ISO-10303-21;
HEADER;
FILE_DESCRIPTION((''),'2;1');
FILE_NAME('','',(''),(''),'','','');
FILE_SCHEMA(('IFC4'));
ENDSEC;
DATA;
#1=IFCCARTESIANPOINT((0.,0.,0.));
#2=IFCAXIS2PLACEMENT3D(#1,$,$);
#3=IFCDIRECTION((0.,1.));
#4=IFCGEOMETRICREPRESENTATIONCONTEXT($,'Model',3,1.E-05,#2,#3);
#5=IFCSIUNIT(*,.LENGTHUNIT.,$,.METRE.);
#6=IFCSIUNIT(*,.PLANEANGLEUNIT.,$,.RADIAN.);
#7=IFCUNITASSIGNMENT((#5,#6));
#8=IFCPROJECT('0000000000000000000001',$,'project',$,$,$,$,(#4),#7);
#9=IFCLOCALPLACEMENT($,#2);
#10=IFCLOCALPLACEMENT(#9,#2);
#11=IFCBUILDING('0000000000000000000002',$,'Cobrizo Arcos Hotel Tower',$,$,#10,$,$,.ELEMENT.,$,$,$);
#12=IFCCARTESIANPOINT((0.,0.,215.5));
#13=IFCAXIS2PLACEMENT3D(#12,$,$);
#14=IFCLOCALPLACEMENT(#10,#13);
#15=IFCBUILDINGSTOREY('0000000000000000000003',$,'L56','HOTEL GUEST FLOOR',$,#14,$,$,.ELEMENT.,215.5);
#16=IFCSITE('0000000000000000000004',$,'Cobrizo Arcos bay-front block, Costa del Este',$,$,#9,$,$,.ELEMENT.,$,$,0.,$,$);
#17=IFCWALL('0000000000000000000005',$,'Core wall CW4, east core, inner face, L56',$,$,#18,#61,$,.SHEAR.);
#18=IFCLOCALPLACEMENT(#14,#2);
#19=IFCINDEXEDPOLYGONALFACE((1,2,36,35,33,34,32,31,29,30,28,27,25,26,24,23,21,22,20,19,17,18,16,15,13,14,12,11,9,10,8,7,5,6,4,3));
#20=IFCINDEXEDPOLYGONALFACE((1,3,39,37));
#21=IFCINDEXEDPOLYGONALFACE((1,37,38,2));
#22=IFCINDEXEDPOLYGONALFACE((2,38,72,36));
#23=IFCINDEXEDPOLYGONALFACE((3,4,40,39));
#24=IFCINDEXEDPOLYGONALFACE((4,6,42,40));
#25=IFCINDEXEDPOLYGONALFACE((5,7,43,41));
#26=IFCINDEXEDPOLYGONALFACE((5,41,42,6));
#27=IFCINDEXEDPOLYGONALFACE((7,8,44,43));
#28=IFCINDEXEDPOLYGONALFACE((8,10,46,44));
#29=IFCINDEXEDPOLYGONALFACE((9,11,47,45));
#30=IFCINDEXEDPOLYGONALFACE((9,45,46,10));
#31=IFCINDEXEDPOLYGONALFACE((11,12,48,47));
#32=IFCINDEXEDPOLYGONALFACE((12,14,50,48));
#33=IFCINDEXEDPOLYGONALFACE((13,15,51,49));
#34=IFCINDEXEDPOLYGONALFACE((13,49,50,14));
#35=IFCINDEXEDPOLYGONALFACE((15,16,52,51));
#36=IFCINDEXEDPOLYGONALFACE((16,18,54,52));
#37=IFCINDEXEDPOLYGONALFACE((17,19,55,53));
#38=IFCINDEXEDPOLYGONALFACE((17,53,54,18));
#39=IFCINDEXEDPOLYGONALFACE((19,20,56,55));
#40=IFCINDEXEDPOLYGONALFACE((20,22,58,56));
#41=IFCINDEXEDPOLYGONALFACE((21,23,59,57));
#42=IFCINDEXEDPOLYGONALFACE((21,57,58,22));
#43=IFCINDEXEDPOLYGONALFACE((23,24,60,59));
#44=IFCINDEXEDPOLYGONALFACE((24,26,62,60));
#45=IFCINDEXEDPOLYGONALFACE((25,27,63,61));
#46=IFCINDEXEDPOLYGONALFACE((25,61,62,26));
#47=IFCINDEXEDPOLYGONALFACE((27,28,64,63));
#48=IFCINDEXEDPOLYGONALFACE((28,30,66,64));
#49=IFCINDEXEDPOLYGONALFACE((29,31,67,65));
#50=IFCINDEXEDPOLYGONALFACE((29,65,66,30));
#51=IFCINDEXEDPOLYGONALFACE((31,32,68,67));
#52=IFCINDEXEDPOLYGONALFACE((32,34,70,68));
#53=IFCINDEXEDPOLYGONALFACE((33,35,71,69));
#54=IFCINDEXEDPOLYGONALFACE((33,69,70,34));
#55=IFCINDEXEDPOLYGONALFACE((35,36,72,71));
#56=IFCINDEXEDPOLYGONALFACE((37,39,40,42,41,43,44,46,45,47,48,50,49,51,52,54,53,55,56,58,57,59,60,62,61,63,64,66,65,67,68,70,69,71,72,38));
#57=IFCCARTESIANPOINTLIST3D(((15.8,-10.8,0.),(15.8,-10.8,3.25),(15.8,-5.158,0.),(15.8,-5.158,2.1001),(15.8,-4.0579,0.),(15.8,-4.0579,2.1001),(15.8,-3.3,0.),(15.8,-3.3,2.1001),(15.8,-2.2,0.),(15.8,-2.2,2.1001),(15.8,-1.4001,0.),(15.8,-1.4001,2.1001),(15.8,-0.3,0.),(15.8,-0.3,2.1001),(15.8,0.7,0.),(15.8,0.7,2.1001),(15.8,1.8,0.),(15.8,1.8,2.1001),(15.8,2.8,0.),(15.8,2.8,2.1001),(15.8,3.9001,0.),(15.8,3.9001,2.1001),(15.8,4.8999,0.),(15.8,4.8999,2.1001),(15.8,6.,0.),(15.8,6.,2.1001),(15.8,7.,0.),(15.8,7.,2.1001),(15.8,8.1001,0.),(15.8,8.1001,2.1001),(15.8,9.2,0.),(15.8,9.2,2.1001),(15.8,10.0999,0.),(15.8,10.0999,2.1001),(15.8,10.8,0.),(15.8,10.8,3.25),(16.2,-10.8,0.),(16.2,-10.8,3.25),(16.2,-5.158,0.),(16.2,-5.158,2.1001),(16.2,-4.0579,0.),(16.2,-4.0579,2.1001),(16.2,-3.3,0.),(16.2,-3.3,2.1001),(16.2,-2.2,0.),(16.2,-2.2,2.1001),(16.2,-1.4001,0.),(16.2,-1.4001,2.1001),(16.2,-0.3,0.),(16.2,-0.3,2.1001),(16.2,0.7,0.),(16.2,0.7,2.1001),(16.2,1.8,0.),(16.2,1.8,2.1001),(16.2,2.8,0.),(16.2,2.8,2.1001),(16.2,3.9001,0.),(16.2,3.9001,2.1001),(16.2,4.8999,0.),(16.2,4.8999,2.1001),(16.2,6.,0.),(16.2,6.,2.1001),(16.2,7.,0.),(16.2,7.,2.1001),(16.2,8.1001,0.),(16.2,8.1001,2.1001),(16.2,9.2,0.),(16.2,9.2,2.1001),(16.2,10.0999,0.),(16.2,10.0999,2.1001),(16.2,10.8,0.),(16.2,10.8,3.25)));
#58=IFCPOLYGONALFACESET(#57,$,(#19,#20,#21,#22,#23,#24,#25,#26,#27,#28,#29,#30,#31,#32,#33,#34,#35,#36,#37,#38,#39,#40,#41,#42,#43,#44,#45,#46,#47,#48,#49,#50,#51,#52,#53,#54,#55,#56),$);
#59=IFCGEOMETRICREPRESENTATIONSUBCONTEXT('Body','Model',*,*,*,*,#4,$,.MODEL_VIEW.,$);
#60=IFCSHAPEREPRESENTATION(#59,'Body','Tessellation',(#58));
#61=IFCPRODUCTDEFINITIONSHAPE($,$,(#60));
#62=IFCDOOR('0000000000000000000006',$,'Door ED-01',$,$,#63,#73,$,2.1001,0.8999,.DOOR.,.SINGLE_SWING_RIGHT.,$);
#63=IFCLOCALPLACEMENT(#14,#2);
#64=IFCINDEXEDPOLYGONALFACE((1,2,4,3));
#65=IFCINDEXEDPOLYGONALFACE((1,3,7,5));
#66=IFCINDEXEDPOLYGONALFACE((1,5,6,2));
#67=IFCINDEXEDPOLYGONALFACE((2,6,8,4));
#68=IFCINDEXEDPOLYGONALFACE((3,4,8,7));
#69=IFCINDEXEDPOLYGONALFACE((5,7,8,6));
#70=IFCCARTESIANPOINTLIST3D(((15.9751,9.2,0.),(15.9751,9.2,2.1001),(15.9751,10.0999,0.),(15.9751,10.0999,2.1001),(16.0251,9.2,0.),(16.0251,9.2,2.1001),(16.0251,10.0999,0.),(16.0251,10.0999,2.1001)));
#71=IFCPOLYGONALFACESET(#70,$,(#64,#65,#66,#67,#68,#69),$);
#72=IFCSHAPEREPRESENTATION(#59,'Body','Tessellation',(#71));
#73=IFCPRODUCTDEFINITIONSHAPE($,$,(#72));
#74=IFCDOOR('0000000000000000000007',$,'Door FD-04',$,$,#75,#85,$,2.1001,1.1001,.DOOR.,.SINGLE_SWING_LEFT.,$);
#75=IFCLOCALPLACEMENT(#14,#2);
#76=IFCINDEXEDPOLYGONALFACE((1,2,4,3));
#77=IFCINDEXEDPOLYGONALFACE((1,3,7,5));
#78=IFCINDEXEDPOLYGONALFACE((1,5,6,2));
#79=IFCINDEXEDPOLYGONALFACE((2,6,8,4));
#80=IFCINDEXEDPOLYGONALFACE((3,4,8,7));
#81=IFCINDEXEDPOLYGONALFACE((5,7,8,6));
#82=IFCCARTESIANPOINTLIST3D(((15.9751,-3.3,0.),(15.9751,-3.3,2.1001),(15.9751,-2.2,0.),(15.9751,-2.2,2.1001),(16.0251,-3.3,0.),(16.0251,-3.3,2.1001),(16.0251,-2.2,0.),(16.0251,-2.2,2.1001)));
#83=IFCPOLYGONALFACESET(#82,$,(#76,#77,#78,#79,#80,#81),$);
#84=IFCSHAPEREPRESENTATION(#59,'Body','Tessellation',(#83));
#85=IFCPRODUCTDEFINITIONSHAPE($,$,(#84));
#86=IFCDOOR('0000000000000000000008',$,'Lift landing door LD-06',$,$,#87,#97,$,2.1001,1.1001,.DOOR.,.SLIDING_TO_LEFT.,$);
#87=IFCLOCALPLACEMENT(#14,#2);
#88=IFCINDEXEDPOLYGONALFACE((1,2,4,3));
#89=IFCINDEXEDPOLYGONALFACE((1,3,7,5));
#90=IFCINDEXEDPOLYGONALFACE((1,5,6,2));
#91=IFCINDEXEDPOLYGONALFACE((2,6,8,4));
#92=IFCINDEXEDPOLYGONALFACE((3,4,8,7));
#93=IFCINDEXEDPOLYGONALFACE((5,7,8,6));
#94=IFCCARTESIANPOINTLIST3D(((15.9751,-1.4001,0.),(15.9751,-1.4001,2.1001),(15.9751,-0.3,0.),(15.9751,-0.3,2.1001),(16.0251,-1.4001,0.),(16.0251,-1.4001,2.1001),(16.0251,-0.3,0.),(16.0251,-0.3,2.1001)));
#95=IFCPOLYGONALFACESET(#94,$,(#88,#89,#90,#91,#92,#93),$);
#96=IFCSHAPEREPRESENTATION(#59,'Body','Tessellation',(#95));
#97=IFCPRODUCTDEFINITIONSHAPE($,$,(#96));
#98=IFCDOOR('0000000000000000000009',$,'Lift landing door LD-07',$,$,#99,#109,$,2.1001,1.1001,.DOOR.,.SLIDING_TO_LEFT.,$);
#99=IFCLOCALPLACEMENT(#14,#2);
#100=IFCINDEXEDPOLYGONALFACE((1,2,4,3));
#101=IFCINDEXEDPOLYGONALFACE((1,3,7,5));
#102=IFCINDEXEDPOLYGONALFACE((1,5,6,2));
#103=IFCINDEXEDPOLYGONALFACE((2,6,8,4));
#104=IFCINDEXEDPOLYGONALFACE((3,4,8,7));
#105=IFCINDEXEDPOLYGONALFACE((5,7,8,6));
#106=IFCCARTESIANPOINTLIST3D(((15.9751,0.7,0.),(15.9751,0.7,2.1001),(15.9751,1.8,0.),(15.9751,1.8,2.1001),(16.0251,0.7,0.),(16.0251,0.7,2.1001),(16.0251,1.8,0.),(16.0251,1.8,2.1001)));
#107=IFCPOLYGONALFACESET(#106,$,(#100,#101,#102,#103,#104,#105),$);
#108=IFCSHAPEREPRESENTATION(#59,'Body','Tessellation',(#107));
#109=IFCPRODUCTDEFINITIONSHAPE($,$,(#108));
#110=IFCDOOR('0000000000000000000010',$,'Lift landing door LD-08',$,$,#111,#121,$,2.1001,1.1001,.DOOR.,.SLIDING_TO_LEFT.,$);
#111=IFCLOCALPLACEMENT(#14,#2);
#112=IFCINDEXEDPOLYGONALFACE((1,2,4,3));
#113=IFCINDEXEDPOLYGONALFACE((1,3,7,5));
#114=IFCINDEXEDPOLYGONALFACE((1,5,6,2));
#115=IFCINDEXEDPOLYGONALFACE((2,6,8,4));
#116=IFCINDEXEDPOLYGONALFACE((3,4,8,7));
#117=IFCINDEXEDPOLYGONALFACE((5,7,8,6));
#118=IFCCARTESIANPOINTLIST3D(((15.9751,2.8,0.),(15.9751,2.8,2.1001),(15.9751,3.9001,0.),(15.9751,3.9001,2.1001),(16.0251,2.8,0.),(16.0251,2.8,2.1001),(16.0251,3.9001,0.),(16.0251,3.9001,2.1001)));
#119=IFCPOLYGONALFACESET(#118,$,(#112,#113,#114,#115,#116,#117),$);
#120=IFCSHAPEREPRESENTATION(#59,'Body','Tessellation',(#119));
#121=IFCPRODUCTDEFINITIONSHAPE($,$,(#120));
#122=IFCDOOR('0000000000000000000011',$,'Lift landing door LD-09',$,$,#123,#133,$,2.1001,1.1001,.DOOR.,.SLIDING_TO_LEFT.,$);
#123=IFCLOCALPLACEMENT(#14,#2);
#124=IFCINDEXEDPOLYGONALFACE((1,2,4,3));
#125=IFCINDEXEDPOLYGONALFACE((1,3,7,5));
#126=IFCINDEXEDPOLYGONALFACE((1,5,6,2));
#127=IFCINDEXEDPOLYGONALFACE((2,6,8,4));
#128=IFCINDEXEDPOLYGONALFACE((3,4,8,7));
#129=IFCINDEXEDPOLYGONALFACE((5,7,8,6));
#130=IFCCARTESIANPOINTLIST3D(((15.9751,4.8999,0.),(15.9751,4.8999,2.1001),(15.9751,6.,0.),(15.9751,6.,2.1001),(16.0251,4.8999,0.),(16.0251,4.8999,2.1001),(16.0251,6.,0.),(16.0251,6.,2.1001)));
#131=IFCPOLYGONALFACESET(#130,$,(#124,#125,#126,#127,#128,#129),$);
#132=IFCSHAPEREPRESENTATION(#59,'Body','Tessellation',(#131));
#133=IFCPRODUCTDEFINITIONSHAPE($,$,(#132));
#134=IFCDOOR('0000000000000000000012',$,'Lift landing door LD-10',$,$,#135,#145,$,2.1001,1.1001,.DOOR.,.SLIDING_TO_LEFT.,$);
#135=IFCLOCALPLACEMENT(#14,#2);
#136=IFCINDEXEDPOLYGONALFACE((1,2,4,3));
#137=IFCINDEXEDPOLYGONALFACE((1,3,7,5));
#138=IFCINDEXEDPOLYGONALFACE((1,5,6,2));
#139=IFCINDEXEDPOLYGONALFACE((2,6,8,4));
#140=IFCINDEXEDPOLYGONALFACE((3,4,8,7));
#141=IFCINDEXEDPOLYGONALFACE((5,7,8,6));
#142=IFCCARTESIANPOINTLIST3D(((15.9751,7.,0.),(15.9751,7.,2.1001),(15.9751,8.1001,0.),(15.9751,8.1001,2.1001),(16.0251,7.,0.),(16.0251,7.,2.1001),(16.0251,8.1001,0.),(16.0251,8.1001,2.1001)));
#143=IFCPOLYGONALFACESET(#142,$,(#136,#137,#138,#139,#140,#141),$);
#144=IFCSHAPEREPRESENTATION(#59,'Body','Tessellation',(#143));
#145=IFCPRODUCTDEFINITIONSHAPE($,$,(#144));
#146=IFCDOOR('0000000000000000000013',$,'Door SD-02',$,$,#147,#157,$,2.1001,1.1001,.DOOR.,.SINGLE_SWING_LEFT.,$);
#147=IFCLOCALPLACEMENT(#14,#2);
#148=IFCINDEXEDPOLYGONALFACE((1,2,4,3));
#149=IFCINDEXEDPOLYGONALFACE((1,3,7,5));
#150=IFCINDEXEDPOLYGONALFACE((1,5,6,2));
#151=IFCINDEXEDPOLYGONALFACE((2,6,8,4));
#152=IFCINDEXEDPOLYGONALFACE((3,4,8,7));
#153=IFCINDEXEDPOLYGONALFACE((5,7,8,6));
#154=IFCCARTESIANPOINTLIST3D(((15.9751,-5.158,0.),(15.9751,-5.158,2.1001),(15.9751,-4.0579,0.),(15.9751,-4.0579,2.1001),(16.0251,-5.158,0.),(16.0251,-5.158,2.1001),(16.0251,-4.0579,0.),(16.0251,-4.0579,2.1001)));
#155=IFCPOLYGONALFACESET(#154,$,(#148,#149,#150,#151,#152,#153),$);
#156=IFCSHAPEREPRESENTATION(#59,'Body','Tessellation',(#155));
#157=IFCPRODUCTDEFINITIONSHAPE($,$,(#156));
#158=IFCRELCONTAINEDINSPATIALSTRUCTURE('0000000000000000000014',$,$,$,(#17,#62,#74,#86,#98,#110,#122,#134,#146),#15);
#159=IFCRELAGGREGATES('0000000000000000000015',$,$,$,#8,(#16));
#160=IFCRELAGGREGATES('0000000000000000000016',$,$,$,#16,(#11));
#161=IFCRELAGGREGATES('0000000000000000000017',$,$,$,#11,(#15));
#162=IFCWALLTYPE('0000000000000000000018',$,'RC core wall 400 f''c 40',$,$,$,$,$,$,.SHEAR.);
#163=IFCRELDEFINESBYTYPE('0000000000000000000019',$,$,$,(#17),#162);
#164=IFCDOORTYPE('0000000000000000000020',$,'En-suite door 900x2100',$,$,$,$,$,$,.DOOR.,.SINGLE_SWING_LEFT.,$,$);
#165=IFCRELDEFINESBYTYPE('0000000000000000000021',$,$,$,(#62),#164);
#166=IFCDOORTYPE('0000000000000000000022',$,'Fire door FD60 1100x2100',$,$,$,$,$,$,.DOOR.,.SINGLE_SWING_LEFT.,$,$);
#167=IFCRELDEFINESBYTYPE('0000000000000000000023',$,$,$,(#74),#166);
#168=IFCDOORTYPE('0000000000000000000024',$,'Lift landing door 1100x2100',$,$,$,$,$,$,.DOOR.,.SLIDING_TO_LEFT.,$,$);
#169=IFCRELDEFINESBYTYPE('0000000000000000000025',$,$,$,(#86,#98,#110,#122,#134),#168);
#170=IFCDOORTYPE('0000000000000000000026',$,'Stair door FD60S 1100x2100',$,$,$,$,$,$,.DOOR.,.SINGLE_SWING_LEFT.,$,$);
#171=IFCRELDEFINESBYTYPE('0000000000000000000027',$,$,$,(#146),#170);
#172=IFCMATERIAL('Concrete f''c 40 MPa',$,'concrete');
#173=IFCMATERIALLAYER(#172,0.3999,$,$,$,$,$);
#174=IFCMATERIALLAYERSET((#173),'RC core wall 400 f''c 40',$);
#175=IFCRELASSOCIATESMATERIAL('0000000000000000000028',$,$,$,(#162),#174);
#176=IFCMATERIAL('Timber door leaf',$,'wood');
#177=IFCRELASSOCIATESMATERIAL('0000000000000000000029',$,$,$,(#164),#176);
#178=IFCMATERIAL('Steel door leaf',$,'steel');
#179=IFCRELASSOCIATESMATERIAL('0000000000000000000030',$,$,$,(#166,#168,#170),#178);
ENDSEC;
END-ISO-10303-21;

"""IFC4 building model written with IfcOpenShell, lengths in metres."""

from ifc_helpers import new_model, si_unit, direction, frame, frame_2d, origin, place, context, subcontext, project, spatial, rectangle, extrude, material, layer, layer_set, type_object, element, fill, save


model = new_model("IFC4")

# Units and contexts
model_context = context("Model", 3, precision=1e-05, world=origin(), true_north=direction((0.0, 1.0)))
body_context = subcontext(model_context, "Body", "Model", "MODEL_VIEW")
ifc_project = project(units=[si_unit("LENGTHUNIT", "METRE"), si_unit("PLANEANGLEUNIT", "RADIAN")], contexts=[model_context])

# Site, building, storey
site_placement = place(None, origin())
site = spatial("IfcSite", under=ifc_project, at=site_placement, Name="Cobrizo Arcos bay-front block, Costa del Este", CompositionType="ELEMENT", RefElevation=0.0)
building_placement = place(site_placement, origin())
building = spatial("IfcBuilding", under=site, at=building_placement, Name="Cobrizo Arcos Hotel Tower", CompositionType="ELEMENT")
storey_placement = place(building_placement, frame((0.0, 0.0, 215.5)))
storey = spatial("IfcBuildingStorey", under=building, at=storey_placement, Name="L56", Description="HOTEL GUEST FLOOR", CompositionType="ELEMENT", Elevation=215.5)

# Wall, openings, doors
ifc_material_1 = material(Name="Concrete f'c 40 MPa", Category="concrete")
ifc_layer_1 = layer(ifc_material_1, 0.3999)
ifc_layer_set_1 = layer_set([ifc_layer_1], Name="RC core wall 400 f'c 40")
wall_type_1 = type_object("IfcWallType", Name="RC core wall 400 f'c 40", PredefinedType="SHEAR", material=ifc_layer_set_1)
wall_1_placement = place(storey_placement, frame((16.0, -10.8, 0.0), z_axis=(0.0, 0.0, 1.0), x_axis=(0.0, 1.0, 0.0)))
wall_1 = element("IfcWall", 1, at=wall_1_placement, inside=storey, type_object=wall_type_1, Name="Core wall CW4, east core, inner face, L56", PredefinedType="SHEAR", context=body_context, shape_type="SweptSolid", body=[
    extrude(rectangle(XDim=21.6001, YDim=0.3999, at=frame_2d((10.8, 0.0))), origin(), (0.0, 0.0, 1.0), 3.25),
])
opening_1_placement = place(wall_1_placement, frame((9.3999, 0.0, 0.0)))
opening_1 = element("IfcOpeningElement", 2, at=opening_1_placement, cuts=wall_1, PredefinedType="OPENING", context=body_context, shape_type="SweptSolid", body=[
    extrude(rectangle(XDim=1.1001, YDim=2.1001, at=frame_2d((0.55, 1.05))), frame((0.0, 0.2119, 0.0), z_axis=(0.0, -1.0, 0.0), x_axis=(1.0, 0.0, 0.0)), (0.0, 0.0, 1.0), 0.4238),
])
opening_2_placement = place(wall_1_placement, frame((11.5, 0.0, 0.0)))
opening_2 = element("IfcOpeningElement", 3, at=opening_2_placement, cuts=wall_1, PredefinedType="OPENING", context=body_context, shape_type="SweptSolid", body=[
    extrude(rectangle(XDim=1.1001, YDim=2.1001, at=frame_2d((0.55, 1.05))), frame((0.0, 0.2119, 0.0), z_axis=(0.0, -1.0, 0.0), x_axis=(1.0, 0.0, 0.0)), (0.0, 0.0, 1.0), 0.4238),
])
opening_3_placement = place(wall_1_placement, frame((13.6001, 0.0, 0.0)))
opening_3 = element("IfcOpeningElement", 4, at=opening_3_placement, cuts=wall_1, PredefinedType="OPENING", context=body_context, shape_type="SweptSolid", body=[
    extrude(rectangle(XDim=1.1001, YDim=2.1001, at=frame_2d((0.55, 1.05))), frame((0.0, 0.2119, 0.0), z_axis=(0.0, -1.0, 0.0), x_axis=(1.0, 0.0, 0.0)), (0.0, 0.0, 1.0), 0.4238),
])
opening_4_placement = place(wall_1_placement, frame((15.7, 0.0, 0.0)))
opening_4 = element("IfcOpeningElement", 5, at=opening_4_placement, cuts=wall_1, PredefinedType="OPENING", context=body_context, shape_type="SweptSolid", body=[
    extrude(rectangle(XDim=1.1001, YDim=2.1001, at=frame_2d((0.55, 1.05))), frame((0.0, 0.2119, 0.0), z_axis=(0.0, -1.0, 0.0), x_axis=(1.0, 0.0, 0.0)), (0.0, 0.0, 1.0), 0.4238),
])
opening_5_placement = place(wall_1_placement, frame((17.8, 0.0, 0.0)))
opening_5 = element("IfcOpeningElement", 6, at=opening_5_placement, cuts=wall_1, PredefinedType="OPENING", context=body_context, shape_type="SweptSolid", body=[
    extrude(rectangle(XDim=1.1001, YDim=2.1001, at=frame_2d((0.55, 1.05))), frame((0.0, 0.2119, 0.0), z_axis=(0.0, -1.0, 0.0), x_axis=(1.0, 0.0, 0.0)), (0.0, 0.0, 1.0), 0.4238),
])
opening_6_placement = place(wall_1_placement, frame((5.6421, 0.0, 0.0)))
opening_6 = element("IfcOpeningElement", 7, at=opening_6_placement, cuts=wall_1, PredefinedType="OPENING", context=body_context, shape_type="SweptSolid", body=[
    extrude(rectangle(XDim=1.1001, YDim=2.1001, at=frame_2d((0.55, 1.05))), frame((0.0, 0.2119, 0.0), z_axis=(0.0, -1.0, 0.0), x_axis=(1.0, 0.0, 0.0)), (0.0, 0.0, 1.0), 0.4238),
])
opening_7_placement = place(wall_1_placement, frame((7.5, 0.0, 0.0)))
opening_7 = element("IfcOpeningElement", 8, at=opening_7_placement, cuts=wall_1, PredefinedType="OPENING", context=body_context, shape_type="SweptSolid", body=[
    extrude(rectangle(XDim=1.1001, YDim=2.1001, at=frame_2d((0.55, 1.05))), frame((0.0, 0.2119, 0.0), z_axis=(0.0, -1.0, 0.0), x_axis=(1.0, 0.0, 0.0)), (0.0, 0.0, 1.0), 0.4238),
])
opening_8_placement = place(wall_1_placement, frame((20.0, 0.0, 0.0)))
opening_8 = element("IfcOpeningElement", 9, at=opening_8_placement, cuts=wall_1, PredefinedType="OPENING", context=body_context, shape_type="SweptSolid", body=[
    extrude(rectangle(XDim=0.8999, YDim=2.1001, at=frame_2d((0.45, 1.05))), frame((0.0, 0.2119, 0.0), z_axis=(0.0, -1.0, 0.0), x_axis=(1.0, 0.0, 0.0)), (0.0, 0.0, 1.0), 0.4238),
])
ifc_material_2 = material(Name="Timber door leaf", Category="wood")
door_type_1 = type_object("IfcDoorType", Name="En-suite door 900x2100", OperationType="SINGLE_SWING_LEFT", PredefinedType="DOOR", material=ifc_material_2)
door_1_placement = place(opening_8_placement, origin())
door_1 = element("IfcDoor", 10, at=door_1_placement, inside=storey, type_object=door_type_1, Name="Door ED-01", OperationType="SINGLE_SWING_RIGHT", OverallHeight=2.1001, OverallWidth=0.8999, PredefinedType="DOOR", context=body_context, shape_type="SweptSolid", body=[
    extrude(rectangle(XDim=0.8999, YDim=2.1001, at=frame_2d((0.45, 1.05))), frame((0.0, 0.0249, 0.0), z_axis=(0.0, -1.0, 0.0), x_axis=(1.0, 0.0, 0.0)), (0.0, 0.0, 1.0), 0.05),
])
fill(opening_8, door_1)
ifc_material_3 = material(Name="Steel door leaf", Category="steel")
door_type_2 = type_object("IfcDoorType", Name="Fire door FD60 1100x2100", OperationType="SINGLE_SWING_LEFT", PredefinedType="DOOR", material=ifc_material_3)
door_2_placement = place(opening_7_placement, origin())
door_2 = element("IfcDoor", 11, at=door_2_placement, inside=storey, type_object=door_type_2, Name="Door FD-04", OperationType="SINGLE_SWING_LEFT", OverallHeight=2.1001, OverallWidth=1.1001, PredefinedType="DOOR", context=body_context, shape_type="SweptSolid", body=[
    extrude(rectangle(XDim=1.1001, YDim=2.1001, at=frame_2d((0.55, 1.05))), frame((0.0, 0.0249, 0.0), z_axis=(0.0, -1.0, 0.0), x_axis=(1.0, 0.0, 0.0)), (0.0, 0.0, 1.0), 0.05),
])
fill(opening_7, door_2)
door_type_3 = type_object("IfcDoorType", Name="Lift landing door 1100x2100", OperationType="SLIDING_TO_LEFT", PredefinedType="DOOR", material=ifc_material_3)
door_3_placement = place(opening_1_placement, origin())
door_3 = element("IfcDoor", 12, at=door_3_placement, inside=storey, type_object=door_type_3, Name="Lift landing door LD-06", OperationType="SLIDING_TO_LEFT", OverallHeight=2.1001, OverallWidth=1.1001, PredefinedType="DOOR", context=body_context, shape_type="SweptSolid", body=[
    extrude(rectangle(XDim=1.1001, YDim=2.1001, at=frame_2d((0.55, 1.05))), frame((0.0, 0.0249, 0.0), z_axis=(0.0, -1.0, 0.0), x_axis=(1.0, 0.0, 0.0)), (0.0, 0.0, 1.0), 0.05),
])
fill(opening_1, door_3)
door_4_placement = place(opening_2_placement, origin())
door_4 = element("IfcDoor", 13, at=door_4_placement, inside=storey, type_object=door_type_3, Name="Lift landing door LD-07", OperationType="SLIDING_TO_LEFT", OverallHeight=2.1001, OverallWidth=1.1001, PredefinedType="DOOR", context=body_context, shape_type="SweptSolid", body=[
    extrude(rectangle(XDim=1.1001, YDim=2.1001, at=frame_2d((0.55, 1.05))), frame((0.0, 0.0249, 0.0), z_axis=(0.0, -1.0, 0.0), x_axis=(1.0, 0.0, 0.0)), (0.0, 0.0, 1.0), 0.05),
])
fill(opening_2, door_4)
door_5_placement = place(opening_3_placement, origin())
door_5 = element("IfcDoor", 14, at=door_5_placement, inside=storey, type_object=door_type_3, Name="Lift landing door LD-08", OperationType="SLIDING_TO_LEFT", OverallHeight=2.1001, OverallWidth=1.1001, PredefinedType="DOOR", context=body_context, shape_type="SweptSolid", body=[
    extrude(rectangle(XDim=1.1001, YDim=2.1001, at=frame_2d((0.55, 1.05))), frame((0.0, 0.0249, 0.0), z_axis=(0.0, -1.0, 0.0), x_axis=(1.0, 0.0, 0.0)), (0.0, 0.0, 1.0), 0.05),
])
fill(opening_3, door_5)
door_6_placement = place(opening_4_placement, origin())
door_6 = element("IfcDoor", 15, at=door_6_placement, inside=storey, type_object=door_type_3, Name="Lift landing door LD-09", OperationType="SLIDING_TO_LEFT", OverallHeight=2.1001, OverallWidth=1.1001, PredefinedType="DOOR", context=body_context, shape_type="SweptSolid", body=[
    extrude(rectangle(XDim=1.1001, YDim=2.1001, at=frame_2d((0.55, 1.05))), frame((0.0, 0.0249, 0.0), z_axis=(0.0, -1.0, 0.0), x_axis=(1.0, 0.0, 0.0)), (0.0, 0.0, 1.0), 0.05),
])
fill(opening_4, door_6)
door_7_placement = place(opening_5_placement, origin())
door_7 = element("IfcDoor", 16, at=door_7_placement, inside=storey, type_object=door_type_3, Name="Lift landing door LD-10", OperationType="SLIDING_TO_LEFT", OverallHeight=2.1001, OverallWidth=1.1001, PredefinedType="DOOR", context=body_context, shape_type="SweptSolid", body=[
    extrude(rectangle(XDim=1.1001, YDim=2.1001, at=frame_2d((0.55, 1.05))), frame((0.0, 0.0249, 0.0), z_axis=(0.0, -1.0, 0.0), x_axis=(1.0, 0.0, 0.0)), (0.0, 0.0, 1.0), 0.05),
])
fill(opening_5, door_7)
door_type_4 = type_object("IfcDoorType", Name="Stair door FD60S 1100x2100", OperationType="SINGLE_SWING_LEFT", PredefinedType="DOOR", material=ifc_material_3)
door_8_placement = place(opening_6_placement, origin())
door_8 = element("IfcDoor", 17, at=door_8_placement, inside=storey, type_object=door_type_4, Name="Door SD-02", OperationType="SINGLE_SWING_LEFT", OverallHeight=2.1001, OverallWidth=1.1001, PredefinedType="DOOR", context=body_context, shape_type="SweptSolid", body=[
    extrude(rectangle(XDim=1.1001, YDim=2.1001, at=frame_2d((0.55, 1.05))), frame((0.0, 0.0249, 0.0), z_axis=(0.0, -1.0, 0.0), x_axis=(1.0, 0.0, 0.0)), (0.0, 0.0, 1.0), 0.05),
])
fill(opening_6, door_8)

save(model, "model.ifc")
